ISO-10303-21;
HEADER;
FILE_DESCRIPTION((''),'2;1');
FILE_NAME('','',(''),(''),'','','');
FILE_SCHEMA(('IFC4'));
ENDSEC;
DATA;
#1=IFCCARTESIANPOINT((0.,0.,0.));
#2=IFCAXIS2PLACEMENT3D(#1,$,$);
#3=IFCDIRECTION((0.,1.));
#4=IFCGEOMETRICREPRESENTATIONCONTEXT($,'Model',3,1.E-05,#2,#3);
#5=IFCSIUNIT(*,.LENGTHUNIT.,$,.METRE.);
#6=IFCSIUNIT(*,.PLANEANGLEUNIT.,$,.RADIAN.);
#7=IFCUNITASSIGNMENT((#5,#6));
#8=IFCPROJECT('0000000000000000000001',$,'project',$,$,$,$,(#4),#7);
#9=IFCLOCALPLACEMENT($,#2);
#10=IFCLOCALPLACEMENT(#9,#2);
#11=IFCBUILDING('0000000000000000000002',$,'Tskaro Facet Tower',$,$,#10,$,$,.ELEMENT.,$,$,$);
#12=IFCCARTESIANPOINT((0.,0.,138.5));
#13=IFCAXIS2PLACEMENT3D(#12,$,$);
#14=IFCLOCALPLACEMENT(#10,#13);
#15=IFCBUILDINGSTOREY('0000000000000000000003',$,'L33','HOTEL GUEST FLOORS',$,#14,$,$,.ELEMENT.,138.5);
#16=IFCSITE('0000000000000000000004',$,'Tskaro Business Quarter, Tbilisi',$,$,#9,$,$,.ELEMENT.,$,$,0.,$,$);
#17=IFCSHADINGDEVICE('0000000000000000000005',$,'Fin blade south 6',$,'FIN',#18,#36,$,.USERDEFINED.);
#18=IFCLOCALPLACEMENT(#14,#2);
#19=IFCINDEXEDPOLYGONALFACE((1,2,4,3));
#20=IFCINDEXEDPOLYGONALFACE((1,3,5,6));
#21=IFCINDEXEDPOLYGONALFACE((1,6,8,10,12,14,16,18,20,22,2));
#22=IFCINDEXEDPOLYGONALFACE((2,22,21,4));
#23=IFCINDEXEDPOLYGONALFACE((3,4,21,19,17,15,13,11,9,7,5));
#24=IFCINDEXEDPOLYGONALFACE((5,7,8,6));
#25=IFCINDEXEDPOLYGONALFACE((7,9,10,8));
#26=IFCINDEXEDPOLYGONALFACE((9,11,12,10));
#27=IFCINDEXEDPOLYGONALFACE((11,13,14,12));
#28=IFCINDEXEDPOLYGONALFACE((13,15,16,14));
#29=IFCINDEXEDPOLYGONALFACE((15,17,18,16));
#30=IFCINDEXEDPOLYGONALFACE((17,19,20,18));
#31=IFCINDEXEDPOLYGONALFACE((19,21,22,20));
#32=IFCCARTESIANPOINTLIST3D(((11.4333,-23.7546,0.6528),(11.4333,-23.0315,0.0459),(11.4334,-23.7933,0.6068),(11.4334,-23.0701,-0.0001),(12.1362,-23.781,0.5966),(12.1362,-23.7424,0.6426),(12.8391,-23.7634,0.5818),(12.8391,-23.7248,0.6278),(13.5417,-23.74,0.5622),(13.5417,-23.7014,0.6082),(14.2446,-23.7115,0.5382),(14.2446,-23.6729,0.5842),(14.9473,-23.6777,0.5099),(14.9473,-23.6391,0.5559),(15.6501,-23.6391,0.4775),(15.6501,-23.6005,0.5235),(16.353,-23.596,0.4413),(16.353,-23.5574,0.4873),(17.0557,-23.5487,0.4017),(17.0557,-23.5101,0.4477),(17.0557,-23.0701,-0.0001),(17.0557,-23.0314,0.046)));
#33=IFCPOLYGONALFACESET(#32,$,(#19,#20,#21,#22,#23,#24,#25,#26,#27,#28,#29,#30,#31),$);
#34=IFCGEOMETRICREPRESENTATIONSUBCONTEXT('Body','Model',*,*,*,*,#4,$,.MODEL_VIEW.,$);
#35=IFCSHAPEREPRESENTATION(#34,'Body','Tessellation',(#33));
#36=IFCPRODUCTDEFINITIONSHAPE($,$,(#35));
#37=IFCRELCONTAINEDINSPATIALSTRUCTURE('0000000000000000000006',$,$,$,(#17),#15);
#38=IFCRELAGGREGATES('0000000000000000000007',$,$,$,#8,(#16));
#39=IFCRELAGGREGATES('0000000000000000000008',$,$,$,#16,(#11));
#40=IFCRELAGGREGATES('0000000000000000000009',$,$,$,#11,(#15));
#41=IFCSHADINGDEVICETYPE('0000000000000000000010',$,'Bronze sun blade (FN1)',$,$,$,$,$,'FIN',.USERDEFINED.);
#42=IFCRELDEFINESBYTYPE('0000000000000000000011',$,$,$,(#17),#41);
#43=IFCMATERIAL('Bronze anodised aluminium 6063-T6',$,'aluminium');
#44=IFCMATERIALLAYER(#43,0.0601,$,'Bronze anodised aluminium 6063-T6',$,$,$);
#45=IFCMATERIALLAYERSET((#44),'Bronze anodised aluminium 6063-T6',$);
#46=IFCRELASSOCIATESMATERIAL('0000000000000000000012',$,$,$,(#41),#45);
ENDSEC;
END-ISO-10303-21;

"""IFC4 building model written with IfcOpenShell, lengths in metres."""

from ifc_helpers import new_model, si_unit, direction, frame, origin, place, context, subcontext, project, spatial, polyline, outline, extrude, material, layer, layer_set, type_object, element, save


model = new_model("IFC4")

# Units and contexts
model_context = context("Model", 3, precision=1e-05, world=origin(), true_north=direction((0.0, 1.0)))
body_context = subcontext(model_context, "Body", "Model", "MODEL_VIEW")
ifc_project = project(units=[si_unit("LENGTHUNIT", "METRE"), si_unit("PLANEANGLEUNIT", "RADIAN")], contexts=[model_context])

# Site, building, storey
site_placement = place(None, origin())
site = spatial("IfcSite", under=ifc_project, at=site_placement, Name="Tskaro Business Quarter, Tbilisi", CompositionType="ELEMENT", RefElevation=0.0)
building_placement = place(site_placement, origin())
building = spatial("IfcBuilding", under=site, at=building_placement, Name="Tskaro Facet Tower", CompositionType="ELEMENT")
storey_placement = place(building_placement, frame((0.0, 0.0, 138.5)))
storey = spatial("IfcBuildingStorey", under=building, at=storey_placement, Name="L33", Description="HOTEL GUEST FLOORS", CompositionType="ELEMENT", Elevation=138.5)

# Shared definitions
ifc_material_1 = material(Name="Bronze anodised aluminium 6063-T6", Category="aluminium")

# Shading device
ifc_layer_1 = layer(ifc_material_1, 0.0601, Name="Bronze anodised aluminium 6063-T6")
ifc_layer_set_1 = layer_set([ifc_layer_1], Name="Bronze anodised aluminium 6063-T6")
shading_device_type = type_object("IfcShadingDeviceType", Name="Bronze sun blade (FN1)", ElementType="FIN", PredefinedType="USERDEFINED", material=ifc_layer_set_1)
shading_device_1_placement = place(storey_placement, frame((11.4333, -23.0315, 0.0459), z_axis=(-0.000013, 0.64287, 0.765975), x_axis=(1.0, 0.000008, 0.00001)))
element("IfcShadingDevice", 1, at=shading_device_1_placement, inside=storey, type_object=shading_device_type, Name="Fin blade south 6", ObjectType="FIN", PredefinedType="USERDEFINED", context=body_context, shape_type="SweptSolid", body=[
    extrude(outline(polyline([(0.0, 0.0), (5.6223, 0.0), (5.6223, -0.6249), (4.9197, -0.6866), (4.2168, -0.7429), (3.5139, -0.7933), (2.8113, -0.8373), (2.1084, -0.8746), (1.4058, -0.9051), (0.7029, -0.9281), (0.0, -0.9441), (0.0, 0.0)])), origin(), (0.0, 0.0, -1.0), 0.0601),
])

save(model, "model.ifc")
